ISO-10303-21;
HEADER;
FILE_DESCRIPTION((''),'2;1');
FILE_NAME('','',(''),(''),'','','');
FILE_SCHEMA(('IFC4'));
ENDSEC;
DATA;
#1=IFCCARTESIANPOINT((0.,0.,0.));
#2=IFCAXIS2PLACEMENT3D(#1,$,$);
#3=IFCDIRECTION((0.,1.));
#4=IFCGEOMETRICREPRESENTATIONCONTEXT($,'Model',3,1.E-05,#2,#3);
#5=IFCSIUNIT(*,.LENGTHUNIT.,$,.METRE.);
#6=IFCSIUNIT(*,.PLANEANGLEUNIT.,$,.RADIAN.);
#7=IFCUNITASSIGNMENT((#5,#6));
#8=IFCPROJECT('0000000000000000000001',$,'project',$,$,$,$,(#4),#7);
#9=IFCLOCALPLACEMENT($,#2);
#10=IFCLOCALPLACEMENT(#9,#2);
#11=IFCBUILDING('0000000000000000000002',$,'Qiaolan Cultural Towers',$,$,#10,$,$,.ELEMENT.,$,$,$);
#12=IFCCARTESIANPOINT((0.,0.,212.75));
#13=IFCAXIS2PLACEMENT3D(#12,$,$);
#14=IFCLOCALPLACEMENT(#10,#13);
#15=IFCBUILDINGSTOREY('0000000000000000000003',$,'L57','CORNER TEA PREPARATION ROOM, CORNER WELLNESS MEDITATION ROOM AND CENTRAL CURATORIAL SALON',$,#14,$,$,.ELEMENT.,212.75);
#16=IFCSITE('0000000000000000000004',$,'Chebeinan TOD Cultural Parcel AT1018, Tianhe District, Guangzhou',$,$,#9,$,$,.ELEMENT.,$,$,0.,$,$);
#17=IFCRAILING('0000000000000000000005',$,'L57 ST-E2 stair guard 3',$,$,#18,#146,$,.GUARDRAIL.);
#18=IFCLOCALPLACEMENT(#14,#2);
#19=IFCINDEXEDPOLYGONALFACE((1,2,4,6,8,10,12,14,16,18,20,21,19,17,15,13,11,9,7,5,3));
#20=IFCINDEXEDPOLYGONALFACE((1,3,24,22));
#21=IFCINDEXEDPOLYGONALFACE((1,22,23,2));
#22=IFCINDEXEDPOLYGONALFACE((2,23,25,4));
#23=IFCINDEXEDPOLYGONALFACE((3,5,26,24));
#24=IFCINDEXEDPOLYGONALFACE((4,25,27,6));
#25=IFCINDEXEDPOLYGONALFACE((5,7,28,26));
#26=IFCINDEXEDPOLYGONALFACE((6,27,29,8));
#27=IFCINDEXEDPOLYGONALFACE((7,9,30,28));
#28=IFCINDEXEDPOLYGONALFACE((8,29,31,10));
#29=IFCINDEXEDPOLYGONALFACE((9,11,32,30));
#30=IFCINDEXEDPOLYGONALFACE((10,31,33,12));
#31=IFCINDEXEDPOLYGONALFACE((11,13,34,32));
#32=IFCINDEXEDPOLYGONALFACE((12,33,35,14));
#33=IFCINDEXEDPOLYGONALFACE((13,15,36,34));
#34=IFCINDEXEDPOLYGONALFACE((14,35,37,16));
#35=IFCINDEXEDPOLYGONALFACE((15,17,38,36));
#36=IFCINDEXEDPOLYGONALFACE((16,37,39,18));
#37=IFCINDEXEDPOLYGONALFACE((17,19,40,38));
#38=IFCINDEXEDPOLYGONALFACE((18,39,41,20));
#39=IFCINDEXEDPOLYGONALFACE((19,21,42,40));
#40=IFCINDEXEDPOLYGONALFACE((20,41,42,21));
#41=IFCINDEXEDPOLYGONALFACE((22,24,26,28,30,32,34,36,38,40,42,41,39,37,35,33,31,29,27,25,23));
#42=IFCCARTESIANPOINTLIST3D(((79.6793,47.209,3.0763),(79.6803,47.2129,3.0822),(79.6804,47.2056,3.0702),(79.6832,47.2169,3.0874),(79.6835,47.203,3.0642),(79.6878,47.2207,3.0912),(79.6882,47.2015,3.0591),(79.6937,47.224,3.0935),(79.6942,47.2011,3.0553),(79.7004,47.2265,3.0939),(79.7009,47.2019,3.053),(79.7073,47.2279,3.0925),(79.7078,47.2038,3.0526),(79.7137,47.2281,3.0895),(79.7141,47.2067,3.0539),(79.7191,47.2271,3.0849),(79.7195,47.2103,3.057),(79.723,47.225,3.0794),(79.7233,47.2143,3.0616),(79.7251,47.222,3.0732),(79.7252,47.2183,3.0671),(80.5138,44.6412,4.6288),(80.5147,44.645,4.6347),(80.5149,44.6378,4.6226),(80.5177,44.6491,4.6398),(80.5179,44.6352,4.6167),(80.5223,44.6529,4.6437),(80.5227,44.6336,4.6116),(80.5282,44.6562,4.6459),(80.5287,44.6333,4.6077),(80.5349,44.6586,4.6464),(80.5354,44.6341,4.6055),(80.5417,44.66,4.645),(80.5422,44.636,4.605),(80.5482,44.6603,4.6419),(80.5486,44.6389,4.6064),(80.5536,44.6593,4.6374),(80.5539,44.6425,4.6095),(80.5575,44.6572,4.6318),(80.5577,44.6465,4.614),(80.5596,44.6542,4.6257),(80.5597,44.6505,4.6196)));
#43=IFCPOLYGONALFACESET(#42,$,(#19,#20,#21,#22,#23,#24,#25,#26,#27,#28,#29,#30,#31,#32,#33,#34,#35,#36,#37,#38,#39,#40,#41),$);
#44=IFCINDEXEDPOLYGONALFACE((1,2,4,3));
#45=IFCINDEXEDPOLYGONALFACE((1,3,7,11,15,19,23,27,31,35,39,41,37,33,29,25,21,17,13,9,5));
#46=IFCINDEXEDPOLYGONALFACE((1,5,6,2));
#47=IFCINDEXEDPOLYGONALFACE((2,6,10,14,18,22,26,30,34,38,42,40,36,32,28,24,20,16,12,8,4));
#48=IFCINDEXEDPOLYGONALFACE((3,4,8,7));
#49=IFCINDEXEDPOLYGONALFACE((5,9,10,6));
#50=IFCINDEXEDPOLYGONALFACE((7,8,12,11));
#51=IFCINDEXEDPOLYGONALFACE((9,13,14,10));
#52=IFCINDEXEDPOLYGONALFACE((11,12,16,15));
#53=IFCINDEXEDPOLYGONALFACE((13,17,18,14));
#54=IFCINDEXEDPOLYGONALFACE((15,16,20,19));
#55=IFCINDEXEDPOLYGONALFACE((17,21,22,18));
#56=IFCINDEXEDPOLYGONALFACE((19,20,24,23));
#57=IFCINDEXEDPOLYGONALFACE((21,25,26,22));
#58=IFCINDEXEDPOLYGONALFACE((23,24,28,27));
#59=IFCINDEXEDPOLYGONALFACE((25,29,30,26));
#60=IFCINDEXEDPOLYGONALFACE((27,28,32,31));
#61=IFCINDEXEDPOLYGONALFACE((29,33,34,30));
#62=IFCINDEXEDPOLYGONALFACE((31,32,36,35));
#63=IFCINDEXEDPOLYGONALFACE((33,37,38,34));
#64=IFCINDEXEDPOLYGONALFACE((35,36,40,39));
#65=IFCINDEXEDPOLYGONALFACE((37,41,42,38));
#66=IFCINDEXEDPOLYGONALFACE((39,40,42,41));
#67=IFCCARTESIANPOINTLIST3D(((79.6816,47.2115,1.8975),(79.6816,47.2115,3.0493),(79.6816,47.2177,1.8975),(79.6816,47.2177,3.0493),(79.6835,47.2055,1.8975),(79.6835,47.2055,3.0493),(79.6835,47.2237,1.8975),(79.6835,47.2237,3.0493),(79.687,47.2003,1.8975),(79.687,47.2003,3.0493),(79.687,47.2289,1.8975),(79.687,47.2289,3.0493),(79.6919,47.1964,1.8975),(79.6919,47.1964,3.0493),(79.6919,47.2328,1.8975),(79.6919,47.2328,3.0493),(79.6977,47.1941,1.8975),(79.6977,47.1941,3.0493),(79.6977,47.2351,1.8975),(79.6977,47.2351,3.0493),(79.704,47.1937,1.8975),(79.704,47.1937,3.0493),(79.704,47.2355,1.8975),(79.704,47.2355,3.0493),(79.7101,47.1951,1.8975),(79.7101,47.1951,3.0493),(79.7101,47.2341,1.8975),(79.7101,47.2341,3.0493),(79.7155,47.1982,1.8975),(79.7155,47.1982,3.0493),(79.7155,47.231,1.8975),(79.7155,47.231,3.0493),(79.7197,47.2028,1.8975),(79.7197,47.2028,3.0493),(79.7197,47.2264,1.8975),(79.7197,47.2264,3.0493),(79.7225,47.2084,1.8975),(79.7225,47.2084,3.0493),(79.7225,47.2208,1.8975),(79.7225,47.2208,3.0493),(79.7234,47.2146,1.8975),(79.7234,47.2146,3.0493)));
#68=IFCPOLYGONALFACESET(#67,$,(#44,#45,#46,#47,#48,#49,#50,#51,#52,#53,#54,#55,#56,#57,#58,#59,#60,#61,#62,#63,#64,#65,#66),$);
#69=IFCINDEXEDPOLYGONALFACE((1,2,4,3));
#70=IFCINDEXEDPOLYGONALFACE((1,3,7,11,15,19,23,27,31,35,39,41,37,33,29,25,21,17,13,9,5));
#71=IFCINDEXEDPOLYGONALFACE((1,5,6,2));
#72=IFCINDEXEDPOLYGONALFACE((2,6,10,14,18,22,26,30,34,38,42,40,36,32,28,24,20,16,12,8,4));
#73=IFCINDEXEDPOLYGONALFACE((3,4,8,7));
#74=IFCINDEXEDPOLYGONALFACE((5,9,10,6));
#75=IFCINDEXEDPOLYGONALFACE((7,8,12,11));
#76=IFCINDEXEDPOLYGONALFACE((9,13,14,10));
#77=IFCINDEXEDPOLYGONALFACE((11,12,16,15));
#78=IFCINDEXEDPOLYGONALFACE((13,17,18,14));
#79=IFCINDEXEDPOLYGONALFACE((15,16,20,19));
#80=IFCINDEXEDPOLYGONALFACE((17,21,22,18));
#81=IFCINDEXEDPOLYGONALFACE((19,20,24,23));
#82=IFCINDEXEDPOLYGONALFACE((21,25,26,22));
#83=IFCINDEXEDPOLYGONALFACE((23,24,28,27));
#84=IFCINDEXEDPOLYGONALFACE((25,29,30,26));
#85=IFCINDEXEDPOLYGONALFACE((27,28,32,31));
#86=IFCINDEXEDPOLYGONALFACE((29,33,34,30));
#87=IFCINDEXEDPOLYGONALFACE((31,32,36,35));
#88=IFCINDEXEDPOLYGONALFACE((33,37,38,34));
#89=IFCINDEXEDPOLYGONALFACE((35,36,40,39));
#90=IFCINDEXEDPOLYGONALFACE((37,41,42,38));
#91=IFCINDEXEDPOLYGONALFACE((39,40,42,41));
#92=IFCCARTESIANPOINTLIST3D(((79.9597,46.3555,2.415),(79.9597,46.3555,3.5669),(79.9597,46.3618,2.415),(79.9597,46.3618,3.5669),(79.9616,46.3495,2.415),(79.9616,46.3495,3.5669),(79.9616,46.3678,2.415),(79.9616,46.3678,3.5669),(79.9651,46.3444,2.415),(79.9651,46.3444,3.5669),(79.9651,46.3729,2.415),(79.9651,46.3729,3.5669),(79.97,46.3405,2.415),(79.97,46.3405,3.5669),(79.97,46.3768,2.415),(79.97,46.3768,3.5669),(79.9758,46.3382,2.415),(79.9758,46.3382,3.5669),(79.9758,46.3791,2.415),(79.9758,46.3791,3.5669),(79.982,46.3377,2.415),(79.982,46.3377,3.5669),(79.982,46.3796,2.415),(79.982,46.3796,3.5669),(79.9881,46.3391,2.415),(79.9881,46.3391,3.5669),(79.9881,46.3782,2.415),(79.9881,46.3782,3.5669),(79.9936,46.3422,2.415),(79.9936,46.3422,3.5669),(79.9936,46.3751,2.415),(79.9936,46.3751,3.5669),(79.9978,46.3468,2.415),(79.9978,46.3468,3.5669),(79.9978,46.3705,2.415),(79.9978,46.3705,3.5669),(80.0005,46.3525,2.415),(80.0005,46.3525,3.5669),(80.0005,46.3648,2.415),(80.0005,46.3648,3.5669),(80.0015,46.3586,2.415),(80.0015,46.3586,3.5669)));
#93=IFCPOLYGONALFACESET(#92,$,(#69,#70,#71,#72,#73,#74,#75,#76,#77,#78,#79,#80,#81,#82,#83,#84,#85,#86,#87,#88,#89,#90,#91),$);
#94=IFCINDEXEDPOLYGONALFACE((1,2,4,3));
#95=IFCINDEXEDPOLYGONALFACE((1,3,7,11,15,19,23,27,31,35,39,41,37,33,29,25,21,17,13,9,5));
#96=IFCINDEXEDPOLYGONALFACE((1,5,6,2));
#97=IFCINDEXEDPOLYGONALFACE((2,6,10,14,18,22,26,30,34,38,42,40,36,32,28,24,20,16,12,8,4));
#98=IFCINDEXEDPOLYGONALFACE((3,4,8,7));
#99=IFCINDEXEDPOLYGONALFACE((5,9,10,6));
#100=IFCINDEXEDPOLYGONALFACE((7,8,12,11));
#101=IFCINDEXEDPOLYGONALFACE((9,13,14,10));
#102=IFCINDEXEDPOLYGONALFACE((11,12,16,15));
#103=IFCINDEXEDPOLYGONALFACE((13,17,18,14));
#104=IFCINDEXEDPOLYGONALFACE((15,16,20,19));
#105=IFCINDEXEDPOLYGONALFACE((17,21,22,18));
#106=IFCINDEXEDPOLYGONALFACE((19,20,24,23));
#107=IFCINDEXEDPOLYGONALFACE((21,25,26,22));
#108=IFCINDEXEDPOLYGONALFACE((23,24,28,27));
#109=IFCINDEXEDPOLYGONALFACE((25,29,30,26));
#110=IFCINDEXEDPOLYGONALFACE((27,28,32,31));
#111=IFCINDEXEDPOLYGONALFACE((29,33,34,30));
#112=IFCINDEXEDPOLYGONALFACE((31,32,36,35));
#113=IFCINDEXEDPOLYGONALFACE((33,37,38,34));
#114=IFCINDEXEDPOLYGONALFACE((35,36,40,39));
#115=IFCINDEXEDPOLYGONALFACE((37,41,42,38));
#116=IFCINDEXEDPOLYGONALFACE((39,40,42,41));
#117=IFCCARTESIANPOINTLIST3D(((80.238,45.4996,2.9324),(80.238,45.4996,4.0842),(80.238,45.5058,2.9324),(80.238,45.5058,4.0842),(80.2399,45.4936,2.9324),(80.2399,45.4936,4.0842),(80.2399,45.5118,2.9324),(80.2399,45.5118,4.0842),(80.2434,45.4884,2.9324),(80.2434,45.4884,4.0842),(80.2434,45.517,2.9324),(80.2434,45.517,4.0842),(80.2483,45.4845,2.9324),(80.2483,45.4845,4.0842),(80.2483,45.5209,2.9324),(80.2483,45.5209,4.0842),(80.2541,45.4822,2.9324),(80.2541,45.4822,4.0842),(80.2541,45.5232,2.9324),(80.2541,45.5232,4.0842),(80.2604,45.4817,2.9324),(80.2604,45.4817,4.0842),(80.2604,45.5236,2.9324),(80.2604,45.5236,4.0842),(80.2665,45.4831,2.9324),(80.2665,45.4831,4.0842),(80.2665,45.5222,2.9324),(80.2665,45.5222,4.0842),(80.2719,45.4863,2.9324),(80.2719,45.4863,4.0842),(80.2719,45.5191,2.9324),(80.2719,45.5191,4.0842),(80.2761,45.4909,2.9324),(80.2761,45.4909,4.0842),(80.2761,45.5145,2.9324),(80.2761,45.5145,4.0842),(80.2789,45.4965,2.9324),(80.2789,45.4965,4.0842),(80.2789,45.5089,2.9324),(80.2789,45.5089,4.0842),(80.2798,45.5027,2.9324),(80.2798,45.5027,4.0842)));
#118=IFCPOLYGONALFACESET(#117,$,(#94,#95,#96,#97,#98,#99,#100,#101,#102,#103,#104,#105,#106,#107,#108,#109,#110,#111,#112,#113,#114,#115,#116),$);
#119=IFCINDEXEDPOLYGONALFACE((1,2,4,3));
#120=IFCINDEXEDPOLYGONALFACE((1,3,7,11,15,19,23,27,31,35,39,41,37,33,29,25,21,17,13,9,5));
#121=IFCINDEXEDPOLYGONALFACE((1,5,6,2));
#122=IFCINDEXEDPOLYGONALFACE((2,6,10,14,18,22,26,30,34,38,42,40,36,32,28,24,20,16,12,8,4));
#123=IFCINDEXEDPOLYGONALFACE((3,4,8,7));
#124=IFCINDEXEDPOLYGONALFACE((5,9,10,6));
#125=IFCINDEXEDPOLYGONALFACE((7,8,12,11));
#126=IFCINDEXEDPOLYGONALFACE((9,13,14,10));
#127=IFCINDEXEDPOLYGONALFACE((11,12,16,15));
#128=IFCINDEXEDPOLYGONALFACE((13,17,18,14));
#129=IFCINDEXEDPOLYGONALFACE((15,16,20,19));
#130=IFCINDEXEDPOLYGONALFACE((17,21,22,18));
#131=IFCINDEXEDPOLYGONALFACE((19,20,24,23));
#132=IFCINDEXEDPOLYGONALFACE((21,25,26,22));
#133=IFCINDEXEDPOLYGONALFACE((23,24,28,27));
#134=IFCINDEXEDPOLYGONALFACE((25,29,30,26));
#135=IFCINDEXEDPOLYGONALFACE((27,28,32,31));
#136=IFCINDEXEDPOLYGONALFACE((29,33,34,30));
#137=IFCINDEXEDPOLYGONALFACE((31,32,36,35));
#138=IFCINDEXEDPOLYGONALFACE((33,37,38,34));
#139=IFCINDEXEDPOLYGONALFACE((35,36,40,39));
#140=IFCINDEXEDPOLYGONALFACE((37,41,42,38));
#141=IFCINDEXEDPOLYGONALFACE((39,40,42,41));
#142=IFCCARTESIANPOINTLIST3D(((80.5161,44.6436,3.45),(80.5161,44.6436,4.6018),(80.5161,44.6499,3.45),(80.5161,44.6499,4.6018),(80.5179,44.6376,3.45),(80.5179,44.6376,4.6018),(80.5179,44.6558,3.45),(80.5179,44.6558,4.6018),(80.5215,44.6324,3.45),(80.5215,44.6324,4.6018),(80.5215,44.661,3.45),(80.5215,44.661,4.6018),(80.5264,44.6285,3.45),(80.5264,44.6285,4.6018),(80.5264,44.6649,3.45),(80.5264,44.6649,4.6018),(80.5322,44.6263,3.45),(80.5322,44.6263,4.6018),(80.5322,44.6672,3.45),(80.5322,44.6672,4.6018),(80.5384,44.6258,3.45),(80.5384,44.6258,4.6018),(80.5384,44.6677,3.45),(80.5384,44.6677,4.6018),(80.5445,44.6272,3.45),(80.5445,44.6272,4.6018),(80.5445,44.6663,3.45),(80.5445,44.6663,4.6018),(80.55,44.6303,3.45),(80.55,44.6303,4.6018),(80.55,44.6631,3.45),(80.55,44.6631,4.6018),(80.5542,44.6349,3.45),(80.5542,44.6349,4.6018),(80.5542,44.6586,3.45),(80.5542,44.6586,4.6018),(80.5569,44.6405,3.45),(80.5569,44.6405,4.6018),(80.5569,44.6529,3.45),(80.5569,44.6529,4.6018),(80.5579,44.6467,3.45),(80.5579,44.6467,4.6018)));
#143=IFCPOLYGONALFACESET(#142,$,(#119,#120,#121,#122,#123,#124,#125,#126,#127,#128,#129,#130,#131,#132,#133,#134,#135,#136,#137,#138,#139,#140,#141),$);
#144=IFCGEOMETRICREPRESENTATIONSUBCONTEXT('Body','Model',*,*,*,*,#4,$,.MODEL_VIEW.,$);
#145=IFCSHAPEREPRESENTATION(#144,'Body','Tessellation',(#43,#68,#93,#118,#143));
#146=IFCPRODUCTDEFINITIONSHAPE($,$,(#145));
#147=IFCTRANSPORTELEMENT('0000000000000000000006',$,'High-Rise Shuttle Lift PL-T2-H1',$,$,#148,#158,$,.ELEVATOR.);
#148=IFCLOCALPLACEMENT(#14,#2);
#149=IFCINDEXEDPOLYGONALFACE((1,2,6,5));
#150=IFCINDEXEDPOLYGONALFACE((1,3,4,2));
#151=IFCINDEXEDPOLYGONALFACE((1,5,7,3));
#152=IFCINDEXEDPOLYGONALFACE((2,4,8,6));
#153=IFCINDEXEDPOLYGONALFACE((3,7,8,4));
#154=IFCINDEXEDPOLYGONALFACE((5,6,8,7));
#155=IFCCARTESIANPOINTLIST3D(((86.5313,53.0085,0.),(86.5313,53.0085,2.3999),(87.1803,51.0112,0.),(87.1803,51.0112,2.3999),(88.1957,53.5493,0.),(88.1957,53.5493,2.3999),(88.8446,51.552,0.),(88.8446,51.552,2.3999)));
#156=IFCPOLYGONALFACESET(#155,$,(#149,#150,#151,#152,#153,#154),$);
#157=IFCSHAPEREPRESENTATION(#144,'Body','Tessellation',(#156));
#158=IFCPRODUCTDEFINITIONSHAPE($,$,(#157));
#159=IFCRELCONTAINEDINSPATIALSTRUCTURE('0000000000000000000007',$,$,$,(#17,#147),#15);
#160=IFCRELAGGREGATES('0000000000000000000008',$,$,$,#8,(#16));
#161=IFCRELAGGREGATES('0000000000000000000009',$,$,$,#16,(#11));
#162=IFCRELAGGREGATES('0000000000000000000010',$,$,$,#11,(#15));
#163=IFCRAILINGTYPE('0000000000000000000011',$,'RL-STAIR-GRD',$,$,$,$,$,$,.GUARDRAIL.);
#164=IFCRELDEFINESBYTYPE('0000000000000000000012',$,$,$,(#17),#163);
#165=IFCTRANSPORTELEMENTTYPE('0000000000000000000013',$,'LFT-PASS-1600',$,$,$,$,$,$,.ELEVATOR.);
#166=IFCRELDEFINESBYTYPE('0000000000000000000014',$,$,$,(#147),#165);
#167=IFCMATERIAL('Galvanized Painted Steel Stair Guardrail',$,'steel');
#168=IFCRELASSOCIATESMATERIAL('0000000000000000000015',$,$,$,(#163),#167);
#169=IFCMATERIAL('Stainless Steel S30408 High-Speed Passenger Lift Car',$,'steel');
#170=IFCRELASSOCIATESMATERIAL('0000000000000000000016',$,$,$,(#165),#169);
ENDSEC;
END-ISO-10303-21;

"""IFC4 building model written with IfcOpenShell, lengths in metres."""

from ifc_helpers import new_model, si_unit, direction, frame, origin, origin_2d, place, context, subcontext, project, spatial, rectangle, circle, extrude, material, type_object, element, save


model = new_model("IFC4")

# Units and contexts
model_context = context("Model", 3, precision=1e-05, world=origin(), true_north=direction((0.0, 1.0)))
body_context = subcontext(model_context, "Body", "Model", "MODEL_VIEW")
ifc_project = project(units=[si_unit("LENGTHUNIT", "METRE"), si_unit("PLANEANGLEUNIT", "RADIAN")], contexts=[model_context])

# Site, building, storey
site_placement = place(None, origin())
site = spatial("IfcSite", under=ifc_project, at=site_placement, Name="Chebeinan TOD Cultural Parcel AT1018, Tianhe District, Guangzhou", CompositionType="ELEMENT", RefElevation=0.0)
building_placement = place(site_placement, origin())
building = spatial("IfcBuilding", under=site, at=building_placement, Name="Qiaolan Cultural Towers", CompositionType="ELEMENT")
storey_placement = place(building_placement, frame((0.0, 0.0, 212.75)))
storey = spatial("IfcBuildingStorey", under=building, at=storey_placement, Name="L57", Description="CORNER TEA PREPARATION ROOM, CORNER WELLNESS MEDITATION ROOM AND CENTRAL CURATORIAL SALON", CompositionType="ELEMENT", Elevation=212.75)

# Railing
ifc_material_1 = material(Name="Galvanized Painted Steel Stair Guardrail", Category="steel")
railing_type = type_object("IfcRailingType", Name="RL-STAIR-GRD", PredefinedType="GUARDRAIL", material=ifc_material_1)
railing_1_placement = place(storey_placement, frame((79.7024, 47.2146, 1.8975)))
element("IfcRailing", 1, at=railing_1_placement, inside=storey, type_object=railing_type, Name="L57 ST-E2 stair guard 3", PredefinedType="GUARDRAIL", context=body_context, shape_type="SweptSolid", body=[
    extrude(circle(Radius=0.0239, at=origin_2d()), frame((0.0, 0.0, 1.1758), z_axis=(0.267926, -0.824471, 0.498461), x_axis=(0.951043, 0.309057, 0.0)), (0.0, 0.0, 1.0), 3.1145),
    extrude(circle(Radius=0.021, at=origin_2d()), origin(), (0.0, 0.0, 1.0), 1.1519),
    extrude(circle(Radius=0.021, at=origin_2d()), frame((0.2781, -0.856, 0.5176)), (0.0, 0.0, 1.0), 1.1519),
    extrude(circle(Radius=0.021, at=origin_2d()), frame((0.5564, -1.7119, 1.0349)), (0.0, 0.0, 1.0), 1.1519),
    extrude(circle(Radius=0.021, at=origin_2d()), frame((0.8345, -2.5679, 1.5525)), (0.0, 0.0, 1.0), 1.1519),
])

# Transport element
ifc_material_2 = material(Name="Stainless Steel S30408 High-Speed Passenger Lift Car", Category="steel")
transport_element_type = type_object("IfcTransportElementType", Name="LFT-PASS-1600", PredefinedType="ELEVATOR", material=ifc_material_2)
transport_element_placement = place(storey_placement, frame((87.688, 52.2803, 0.0), z_axis=(0.0, 0.0, 1.0), x_axis=(0.951057, 0.309017, 0.0)))
element("IfcTransportElement", 2, at=transport_element_placement, inside=storey, type_object=transport_element_type, Name="High-Rise Shuttle Lift PL-T2-H1", PredefinedType="ELEVATOR", context=body_context, shape_type="SweptSolid", body=[
    extrude(rectangle(XDim=1.75, YDim=2.1001, at=origin_2d()), origin(), (0.0, 0.0, 1.0), 2.3999),
])

save(model, "model.ifc")
